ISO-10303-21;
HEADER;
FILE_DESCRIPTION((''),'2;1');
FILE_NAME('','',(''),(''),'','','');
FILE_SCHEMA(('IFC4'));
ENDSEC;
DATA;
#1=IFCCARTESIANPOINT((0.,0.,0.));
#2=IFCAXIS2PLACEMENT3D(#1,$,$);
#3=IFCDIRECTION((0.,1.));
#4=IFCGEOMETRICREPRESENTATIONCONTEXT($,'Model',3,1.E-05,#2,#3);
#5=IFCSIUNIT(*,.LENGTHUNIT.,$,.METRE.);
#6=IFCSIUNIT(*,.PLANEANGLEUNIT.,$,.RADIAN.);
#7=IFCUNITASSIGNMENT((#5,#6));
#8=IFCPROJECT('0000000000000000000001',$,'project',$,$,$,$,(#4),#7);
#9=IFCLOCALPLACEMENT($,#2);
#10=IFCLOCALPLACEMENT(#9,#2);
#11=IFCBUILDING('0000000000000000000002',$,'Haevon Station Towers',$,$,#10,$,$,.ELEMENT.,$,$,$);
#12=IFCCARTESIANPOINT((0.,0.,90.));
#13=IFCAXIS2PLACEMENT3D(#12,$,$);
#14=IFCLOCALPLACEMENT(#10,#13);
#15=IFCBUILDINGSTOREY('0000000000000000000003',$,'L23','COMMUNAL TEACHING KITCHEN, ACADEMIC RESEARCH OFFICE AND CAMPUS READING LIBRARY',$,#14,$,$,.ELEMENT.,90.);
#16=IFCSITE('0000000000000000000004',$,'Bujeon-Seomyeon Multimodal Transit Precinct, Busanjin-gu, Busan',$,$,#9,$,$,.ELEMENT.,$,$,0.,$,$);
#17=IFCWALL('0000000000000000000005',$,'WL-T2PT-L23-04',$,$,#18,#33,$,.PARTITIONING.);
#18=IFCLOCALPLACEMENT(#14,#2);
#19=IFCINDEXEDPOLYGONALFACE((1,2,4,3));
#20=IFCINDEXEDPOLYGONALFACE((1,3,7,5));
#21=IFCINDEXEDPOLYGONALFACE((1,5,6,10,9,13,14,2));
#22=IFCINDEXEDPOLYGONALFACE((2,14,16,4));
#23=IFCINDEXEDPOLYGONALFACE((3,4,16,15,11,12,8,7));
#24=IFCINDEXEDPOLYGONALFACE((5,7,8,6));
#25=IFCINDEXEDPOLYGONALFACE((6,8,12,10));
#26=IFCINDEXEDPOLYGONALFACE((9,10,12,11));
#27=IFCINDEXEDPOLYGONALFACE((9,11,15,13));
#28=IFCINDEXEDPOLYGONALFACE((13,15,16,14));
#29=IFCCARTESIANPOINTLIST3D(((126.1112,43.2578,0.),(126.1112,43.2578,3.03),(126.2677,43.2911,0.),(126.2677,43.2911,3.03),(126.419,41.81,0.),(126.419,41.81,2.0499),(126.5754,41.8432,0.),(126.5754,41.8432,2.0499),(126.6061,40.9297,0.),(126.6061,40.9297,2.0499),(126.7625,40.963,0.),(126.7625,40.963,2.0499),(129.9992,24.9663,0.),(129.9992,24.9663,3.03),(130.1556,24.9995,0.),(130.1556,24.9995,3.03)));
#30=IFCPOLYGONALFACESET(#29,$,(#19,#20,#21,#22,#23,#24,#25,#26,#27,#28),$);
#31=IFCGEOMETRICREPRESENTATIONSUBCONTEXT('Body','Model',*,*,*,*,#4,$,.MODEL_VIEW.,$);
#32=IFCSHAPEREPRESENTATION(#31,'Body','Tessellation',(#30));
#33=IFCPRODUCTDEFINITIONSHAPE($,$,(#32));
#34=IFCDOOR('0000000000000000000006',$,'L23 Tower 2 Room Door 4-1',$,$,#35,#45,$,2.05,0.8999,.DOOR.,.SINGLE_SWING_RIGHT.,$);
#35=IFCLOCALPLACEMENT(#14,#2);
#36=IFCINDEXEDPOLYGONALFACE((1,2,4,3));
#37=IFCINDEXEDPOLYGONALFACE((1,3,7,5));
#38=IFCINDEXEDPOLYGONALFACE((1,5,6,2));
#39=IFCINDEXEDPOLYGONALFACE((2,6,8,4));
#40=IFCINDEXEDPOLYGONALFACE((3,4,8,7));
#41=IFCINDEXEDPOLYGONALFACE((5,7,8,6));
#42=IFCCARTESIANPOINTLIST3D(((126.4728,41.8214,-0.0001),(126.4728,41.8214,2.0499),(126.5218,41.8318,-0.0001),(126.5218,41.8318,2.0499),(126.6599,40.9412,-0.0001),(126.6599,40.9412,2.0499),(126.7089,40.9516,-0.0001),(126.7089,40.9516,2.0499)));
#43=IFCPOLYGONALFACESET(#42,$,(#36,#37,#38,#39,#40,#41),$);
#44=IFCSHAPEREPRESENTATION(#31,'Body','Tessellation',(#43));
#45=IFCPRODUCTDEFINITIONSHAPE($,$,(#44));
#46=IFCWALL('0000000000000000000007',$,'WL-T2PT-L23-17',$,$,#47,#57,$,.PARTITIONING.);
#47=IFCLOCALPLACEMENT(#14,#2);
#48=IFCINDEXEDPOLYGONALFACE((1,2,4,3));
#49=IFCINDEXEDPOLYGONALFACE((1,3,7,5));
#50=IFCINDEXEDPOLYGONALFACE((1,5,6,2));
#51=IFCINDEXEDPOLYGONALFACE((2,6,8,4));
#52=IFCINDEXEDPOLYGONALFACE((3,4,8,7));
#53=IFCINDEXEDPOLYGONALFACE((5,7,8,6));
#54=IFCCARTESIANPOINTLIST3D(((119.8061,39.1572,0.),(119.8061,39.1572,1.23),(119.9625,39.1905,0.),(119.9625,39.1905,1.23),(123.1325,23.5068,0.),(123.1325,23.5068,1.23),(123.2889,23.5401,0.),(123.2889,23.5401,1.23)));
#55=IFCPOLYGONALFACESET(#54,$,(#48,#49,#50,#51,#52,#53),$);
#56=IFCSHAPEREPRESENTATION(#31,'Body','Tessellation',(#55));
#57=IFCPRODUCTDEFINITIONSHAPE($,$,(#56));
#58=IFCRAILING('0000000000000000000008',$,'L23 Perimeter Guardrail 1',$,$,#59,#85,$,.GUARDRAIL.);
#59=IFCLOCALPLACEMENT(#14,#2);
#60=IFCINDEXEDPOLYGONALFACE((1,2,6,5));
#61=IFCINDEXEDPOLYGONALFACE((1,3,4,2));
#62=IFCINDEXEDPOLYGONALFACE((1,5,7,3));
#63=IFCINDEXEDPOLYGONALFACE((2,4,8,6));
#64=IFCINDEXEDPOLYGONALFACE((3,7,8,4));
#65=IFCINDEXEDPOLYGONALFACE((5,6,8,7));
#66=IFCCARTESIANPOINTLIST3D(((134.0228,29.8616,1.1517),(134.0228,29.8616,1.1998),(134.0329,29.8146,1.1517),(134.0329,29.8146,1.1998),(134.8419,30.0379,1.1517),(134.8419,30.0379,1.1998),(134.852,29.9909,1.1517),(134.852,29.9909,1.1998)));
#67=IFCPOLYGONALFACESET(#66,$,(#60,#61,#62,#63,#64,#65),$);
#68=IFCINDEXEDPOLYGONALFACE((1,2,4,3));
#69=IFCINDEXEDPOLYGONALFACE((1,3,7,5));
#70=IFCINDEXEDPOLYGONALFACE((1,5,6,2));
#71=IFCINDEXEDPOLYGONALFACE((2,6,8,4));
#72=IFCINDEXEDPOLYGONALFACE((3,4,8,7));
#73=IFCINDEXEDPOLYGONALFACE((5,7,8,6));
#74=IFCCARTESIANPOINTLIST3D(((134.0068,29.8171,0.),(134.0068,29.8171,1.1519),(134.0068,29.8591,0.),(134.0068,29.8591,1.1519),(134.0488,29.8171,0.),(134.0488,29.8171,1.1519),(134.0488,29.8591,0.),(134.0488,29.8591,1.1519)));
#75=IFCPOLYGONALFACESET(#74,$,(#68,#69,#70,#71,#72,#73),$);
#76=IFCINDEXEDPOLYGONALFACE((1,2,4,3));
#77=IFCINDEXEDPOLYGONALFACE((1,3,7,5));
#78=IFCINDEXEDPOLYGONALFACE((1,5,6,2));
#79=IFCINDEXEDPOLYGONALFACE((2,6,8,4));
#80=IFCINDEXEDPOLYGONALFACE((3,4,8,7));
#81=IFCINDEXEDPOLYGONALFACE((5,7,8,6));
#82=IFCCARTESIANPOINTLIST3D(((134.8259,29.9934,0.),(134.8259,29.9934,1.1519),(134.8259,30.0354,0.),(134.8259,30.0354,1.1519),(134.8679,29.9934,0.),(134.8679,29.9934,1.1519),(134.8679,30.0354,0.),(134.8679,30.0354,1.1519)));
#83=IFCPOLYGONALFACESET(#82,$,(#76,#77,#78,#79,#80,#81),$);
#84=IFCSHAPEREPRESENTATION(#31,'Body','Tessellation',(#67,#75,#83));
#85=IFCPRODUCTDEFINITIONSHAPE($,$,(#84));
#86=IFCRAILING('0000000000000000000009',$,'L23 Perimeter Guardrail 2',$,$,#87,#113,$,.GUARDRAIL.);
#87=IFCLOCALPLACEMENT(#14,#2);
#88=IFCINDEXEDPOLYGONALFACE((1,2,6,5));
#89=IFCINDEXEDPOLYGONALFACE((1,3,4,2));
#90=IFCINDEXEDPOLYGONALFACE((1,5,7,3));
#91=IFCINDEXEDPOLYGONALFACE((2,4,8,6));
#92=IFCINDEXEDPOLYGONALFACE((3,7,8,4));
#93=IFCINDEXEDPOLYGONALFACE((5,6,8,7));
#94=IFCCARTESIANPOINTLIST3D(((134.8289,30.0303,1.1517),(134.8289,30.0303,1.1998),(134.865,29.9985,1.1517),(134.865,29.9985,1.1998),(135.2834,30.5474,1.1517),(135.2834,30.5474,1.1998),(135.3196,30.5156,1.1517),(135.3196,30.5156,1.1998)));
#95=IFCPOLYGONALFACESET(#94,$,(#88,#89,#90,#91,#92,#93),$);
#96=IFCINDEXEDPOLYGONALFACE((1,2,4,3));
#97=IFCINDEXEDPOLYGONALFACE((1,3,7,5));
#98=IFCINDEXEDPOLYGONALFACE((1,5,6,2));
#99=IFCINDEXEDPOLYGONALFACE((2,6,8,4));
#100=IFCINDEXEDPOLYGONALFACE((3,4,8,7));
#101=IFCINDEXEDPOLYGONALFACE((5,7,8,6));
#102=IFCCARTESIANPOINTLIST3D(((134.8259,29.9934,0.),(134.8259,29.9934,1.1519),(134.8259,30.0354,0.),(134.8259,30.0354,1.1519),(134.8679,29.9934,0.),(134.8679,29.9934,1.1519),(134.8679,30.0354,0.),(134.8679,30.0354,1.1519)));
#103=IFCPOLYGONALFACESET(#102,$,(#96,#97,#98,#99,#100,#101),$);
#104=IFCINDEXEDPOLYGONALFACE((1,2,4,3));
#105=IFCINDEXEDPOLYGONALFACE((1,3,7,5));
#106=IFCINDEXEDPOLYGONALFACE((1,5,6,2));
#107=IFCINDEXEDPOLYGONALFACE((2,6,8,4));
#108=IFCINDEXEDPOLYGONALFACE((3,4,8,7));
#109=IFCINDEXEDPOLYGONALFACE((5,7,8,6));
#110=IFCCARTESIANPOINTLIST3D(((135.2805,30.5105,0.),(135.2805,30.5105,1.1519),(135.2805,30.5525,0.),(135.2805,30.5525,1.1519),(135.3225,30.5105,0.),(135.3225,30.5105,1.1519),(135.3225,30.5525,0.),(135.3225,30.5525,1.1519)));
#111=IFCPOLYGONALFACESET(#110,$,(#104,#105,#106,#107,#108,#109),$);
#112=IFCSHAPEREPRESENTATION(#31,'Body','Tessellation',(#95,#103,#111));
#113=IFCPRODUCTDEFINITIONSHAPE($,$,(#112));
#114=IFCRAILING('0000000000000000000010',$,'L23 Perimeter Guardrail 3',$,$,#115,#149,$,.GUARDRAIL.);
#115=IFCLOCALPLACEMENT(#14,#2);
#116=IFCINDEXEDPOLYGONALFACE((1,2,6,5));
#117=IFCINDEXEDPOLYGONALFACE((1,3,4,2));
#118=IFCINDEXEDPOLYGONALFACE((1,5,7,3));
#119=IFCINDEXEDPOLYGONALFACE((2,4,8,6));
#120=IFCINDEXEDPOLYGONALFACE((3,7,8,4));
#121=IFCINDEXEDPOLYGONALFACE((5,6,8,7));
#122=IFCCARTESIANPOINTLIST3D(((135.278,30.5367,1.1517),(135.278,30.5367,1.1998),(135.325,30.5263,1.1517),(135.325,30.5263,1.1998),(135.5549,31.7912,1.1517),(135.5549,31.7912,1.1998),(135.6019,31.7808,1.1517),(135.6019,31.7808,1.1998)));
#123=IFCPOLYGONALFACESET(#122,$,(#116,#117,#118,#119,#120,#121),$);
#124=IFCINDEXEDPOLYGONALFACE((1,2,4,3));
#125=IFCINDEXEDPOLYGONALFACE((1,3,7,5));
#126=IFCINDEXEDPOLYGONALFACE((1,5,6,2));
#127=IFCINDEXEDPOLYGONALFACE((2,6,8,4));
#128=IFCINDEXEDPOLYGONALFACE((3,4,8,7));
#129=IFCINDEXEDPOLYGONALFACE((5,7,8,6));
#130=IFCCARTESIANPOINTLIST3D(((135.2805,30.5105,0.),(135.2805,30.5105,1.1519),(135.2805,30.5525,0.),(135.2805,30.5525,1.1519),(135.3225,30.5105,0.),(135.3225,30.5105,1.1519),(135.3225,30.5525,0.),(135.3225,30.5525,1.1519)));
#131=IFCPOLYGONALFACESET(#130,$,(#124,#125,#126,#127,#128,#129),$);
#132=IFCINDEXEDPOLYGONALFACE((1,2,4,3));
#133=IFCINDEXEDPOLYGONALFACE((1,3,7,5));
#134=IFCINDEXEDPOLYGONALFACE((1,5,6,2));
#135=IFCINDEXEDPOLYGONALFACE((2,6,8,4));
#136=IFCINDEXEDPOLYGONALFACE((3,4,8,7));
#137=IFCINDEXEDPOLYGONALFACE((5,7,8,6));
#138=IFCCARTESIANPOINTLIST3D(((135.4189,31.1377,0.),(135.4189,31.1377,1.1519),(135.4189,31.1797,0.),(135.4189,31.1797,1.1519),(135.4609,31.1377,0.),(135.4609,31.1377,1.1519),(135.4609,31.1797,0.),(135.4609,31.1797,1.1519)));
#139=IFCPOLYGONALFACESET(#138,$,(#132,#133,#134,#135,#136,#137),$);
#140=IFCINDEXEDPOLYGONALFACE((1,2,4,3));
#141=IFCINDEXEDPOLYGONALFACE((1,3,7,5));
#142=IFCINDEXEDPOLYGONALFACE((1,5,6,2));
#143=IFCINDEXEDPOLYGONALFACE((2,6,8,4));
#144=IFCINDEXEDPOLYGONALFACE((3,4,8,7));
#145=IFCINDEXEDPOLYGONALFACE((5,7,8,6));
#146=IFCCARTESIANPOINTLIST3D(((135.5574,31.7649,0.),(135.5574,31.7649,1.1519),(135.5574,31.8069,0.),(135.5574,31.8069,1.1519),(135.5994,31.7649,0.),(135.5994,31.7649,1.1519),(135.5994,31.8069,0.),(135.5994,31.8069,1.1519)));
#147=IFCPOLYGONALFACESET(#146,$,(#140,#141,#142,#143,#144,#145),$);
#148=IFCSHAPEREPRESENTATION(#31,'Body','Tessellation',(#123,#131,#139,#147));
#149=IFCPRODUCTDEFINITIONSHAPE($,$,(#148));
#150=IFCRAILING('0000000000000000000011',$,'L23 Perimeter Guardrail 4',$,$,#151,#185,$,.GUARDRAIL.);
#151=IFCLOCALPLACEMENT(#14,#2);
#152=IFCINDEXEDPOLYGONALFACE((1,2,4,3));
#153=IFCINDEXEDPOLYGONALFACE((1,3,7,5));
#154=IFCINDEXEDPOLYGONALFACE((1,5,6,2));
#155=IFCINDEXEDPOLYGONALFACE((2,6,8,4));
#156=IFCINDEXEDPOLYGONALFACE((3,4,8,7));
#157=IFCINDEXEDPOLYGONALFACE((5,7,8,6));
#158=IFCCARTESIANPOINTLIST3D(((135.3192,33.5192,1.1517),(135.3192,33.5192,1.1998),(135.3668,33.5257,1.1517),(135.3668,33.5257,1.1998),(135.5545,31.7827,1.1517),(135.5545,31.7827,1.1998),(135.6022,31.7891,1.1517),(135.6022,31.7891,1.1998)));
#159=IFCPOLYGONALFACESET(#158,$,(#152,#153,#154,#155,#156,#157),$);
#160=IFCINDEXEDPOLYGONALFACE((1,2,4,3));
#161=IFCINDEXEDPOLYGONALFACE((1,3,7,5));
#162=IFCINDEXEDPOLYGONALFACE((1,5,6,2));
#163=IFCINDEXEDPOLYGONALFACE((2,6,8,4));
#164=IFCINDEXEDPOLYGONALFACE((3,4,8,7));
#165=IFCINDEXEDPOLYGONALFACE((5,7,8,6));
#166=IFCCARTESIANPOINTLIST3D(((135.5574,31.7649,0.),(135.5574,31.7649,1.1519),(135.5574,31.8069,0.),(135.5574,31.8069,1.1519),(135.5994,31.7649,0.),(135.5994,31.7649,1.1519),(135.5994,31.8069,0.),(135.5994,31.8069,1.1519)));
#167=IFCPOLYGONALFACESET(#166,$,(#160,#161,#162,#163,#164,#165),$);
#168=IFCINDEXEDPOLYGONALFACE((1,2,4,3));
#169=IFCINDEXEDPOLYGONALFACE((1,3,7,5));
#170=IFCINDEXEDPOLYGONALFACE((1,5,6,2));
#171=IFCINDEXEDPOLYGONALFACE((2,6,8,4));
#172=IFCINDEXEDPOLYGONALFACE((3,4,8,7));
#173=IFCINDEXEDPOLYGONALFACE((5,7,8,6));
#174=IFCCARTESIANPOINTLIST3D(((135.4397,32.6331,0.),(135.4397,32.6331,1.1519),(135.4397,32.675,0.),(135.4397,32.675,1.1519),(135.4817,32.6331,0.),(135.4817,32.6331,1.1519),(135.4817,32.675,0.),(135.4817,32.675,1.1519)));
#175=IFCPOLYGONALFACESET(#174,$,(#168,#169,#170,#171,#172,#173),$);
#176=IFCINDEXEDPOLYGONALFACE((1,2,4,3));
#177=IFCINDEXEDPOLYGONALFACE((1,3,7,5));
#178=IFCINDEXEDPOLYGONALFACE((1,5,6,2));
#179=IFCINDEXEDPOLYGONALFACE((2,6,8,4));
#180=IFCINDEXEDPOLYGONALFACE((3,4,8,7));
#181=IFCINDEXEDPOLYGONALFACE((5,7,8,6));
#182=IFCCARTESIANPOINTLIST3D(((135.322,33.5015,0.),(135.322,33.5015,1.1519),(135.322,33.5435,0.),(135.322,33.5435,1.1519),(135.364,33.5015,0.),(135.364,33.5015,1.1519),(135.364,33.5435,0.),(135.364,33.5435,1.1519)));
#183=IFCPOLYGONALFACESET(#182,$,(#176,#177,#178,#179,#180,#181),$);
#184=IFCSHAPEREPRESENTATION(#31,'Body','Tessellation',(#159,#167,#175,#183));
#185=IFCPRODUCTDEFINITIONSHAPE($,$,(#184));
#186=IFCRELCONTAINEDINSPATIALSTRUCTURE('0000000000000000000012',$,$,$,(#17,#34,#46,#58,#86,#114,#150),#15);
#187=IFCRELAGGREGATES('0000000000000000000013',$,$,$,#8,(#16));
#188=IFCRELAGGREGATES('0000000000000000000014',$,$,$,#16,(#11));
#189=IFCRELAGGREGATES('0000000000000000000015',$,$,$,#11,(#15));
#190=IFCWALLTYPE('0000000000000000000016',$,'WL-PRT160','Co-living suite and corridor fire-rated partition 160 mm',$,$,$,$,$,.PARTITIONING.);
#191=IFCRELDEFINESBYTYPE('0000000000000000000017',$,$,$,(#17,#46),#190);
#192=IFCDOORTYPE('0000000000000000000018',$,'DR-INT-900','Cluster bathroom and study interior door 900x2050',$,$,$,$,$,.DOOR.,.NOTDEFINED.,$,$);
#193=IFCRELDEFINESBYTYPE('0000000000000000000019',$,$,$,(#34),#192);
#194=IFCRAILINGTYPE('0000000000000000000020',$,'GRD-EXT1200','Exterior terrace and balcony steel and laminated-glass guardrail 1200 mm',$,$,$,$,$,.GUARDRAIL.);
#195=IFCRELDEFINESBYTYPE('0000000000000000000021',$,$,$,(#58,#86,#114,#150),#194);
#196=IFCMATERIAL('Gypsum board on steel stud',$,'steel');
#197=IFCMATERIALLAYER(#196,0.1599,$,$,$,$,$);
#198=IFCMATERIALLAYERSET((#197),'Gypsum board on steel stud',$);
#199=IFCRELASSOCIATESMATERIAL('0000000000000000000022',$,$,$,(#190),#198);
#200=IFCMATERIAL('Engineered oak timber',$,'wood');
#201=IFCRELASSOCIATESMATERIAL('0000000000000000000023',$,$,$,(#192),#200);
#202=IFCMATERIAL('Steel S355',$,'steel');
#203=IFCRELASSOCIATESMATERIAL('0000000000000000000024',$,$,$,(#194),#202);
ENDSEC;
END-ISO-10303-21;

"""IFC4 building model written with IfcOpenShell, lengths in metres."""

from ifc_helpers import new_model, si_unit, direction, frame, frame_2d, origin, origin_2d, place, context, subcontext, project, spatial, rectangle, extrude, material, layer, layer_set, type_object, element, fill, save


model = new_model("IFC4")

# Units and contexts
model_context = context("Model", 3, precision=1e-05, world=origin(), true_north=direction((0.0, 1.0)))
body_context = subcontext(model_context, "Body", "Model", "MODEL_VIEW")
ifc_project = project(units=[si_unit("LENGTHUNIT", "METRE"), si_unit("PLANEANGLEUNIT", "RADIAN")], contexts=[model_context])

# Site, building, storey
site_placement = place(None, origin())
site = spatial("IfcSite", under=ifc_project, at=site_placement, Name="Bujeon-Seomyeon Multimodal Transit Precinct, Busanjin-gu, Busan", CompositionType="ELEMENT", RefElevation=0.0)
building_placement = place(site_placement, origin())
building = spatial("IfcBuilding", under=site, at=building_placement, Name="Haevon Station Towers", CompositionType="ELEMENT")
storey_placement = place(building_placement, frame((0.0, 0.0, 90.0)))
storey = spatial("IfcBuildingStorey", under=building, at=storey_placement, Name="L23", Description="COMMUNAL TEACHING KITCHEN, ACADEMIC RESEARCH OFFICE AND CAMPUS READING LIBRARY", CompositionType="ELEMENT", Elevation=90.0)

# Shared definitions
ifc_material_1 = material(Name="Steel S355", Category="steel")

# Shared definitions
ifc_material_2 = material(Name="Gypsum board on steel stud", Category="steel")

# Wall, opening, door
ifc_layer_1 = layer(ifc_material_2, 0.1599)
ifc_layer_set_1 = layer_set([ifc_layer_1], Name="Gypsum board on steel stud")
wall_type_1 = type_object("IfcWallType", Name="WL-PRT160", Description="Co-living suite and corridor fire-rated partition 160 mm", PredefinedType="PARTITIONING", material=ifc_layer_set_1)
wall_1_placement = place(storey_placement, frame((130.0774, 24.9829, 0.0), z_axis=(0.0, 0.0, 1.0), x_axis=(-0.20791, 0.978148, 0.0)))
wall_1 = element("IfcWall", 1, at=wall_1_placement, inside=storey, type_object=wall_type_1, Name="WL-T2PT-L23-04", PredefinedType="PARTITIONING", context=body_context, shape_type="SweptSolid", body=[
    extrude(rectangle(XDim=18.7002, YDim=0.1599, at=frame_2d((9.3501, 0.0))), origin(), (0.0, 0.0, 1.0), 3.03),
])
opening_1_placement = place(wall_1_placement, frame((16.3201, 0.0, 0.0)))
opening_1 = element("IfcOpeningElement", 2, at=opening_1_placement, cuts=wall_1, PredefinedType="OPENING", context=body_context, shape_type="SweptSolid", body=[
    extrude(rectangle(XDim=0.8999, YDim=2.05, at=frame_2d((0.45, 1.0249))), frame((0.0, 0.0898, 0.0), z_axis=(0.0, -1.0, 0.0), x_axis=(1.0, 0.0, 0.0)), (0.0, 0.0, 1.0), 0.1799),
])
ifc_material_3 = material(Name="Engineered oak timber", Category="wood")
door_type_1 = type_object("IfcDoorType", Name="DR-INT-900", Description="Cluster bathroom and study interior door 900x2050", OperationType="NOTDEFINED", PredefinedType="DOOR", material=ifc_material_3)
door_1_placement = place(opening_1_placement, origin())
door_1 = element("IfcDoor", 3, at=door_1_placement, inside=storey, type_object=door_type_1, Name="L23 Tower 2 Room Door 4-1", OperationType="SINGLE_SWING_RIGHT", OverallHeight=2.05, OverallWidth=0.8999, PredefinedType="DOOR", context=body_context, shape_type="SweptSolid", body=[
    extrude(rectangle(XDim=0.8999, YDim=2.05, at=frame_2d((0.45, 1.0249))), frame((0.0, 0.0249, 0.0), z_axis=(0.0, -1.0, 0.0), x_axis=(1.0, 0.0, 0.0)), (0.0, 0.0, 1.0), 0.05),
])
fill(opening_1, door_1)

# Wall
wall_2_placement = place(storey_placement, frame((123.2107, 23.5234, 0.0), z_axis=(0.0, 0.0, 1.0), x_axis=(-0.207901, 0.97815, 0.0)))
element("IfcWall", 4, at=wall_2_placement, inside=storey, type_object=wall_type_1, Name="WL-T2PT-L23-17", PredefinedType="PARTITIONING", context=body_context, shape_type="SweptSolid", body=[
    extrude(rectangle(XDim=16.0, YDim=0.1599, at=frame_2d((8.0, 0.0))), origin(), (0.0, 0.0, 1.0), 1.23),
])

# Railings
railing_type = type_object("IfcRailingType", Name="GRD-EXT1200", Description="Exterior terrace and balcony steel and laminated-glass guardrail 1200 mm", PredefinedType="GUARDRAIL", material=ifc_material_1)
railing_1_placement = place(storey_placement, frame((134.0278, 29.8381, 0.0)))
element("IfcRailing", 5, at=railing_1_placement, inside=storey, type_object=railing_type, Name="L23 Perimeter Guardrail 1", PredefinedType="GUARDRAIL", context=body_context, shape_type="SweptSolid", body=[
    extrude(rectangle(XDim=0.0481, YDim=0.0481, at=origin_2d()), frame((0.0, 0.0, 1.1758), z_axis=(0.977619, 0.210385, 0.0), x_axis=(-0.210385, 0.977619, 0.0)), (0.0, 0.0, 1.0), 0.8379),
    extrude(rectangle(XDim=0.042, YDim=0.042, at=origin_2d()), origin(), (0.0, 0.0, 1.0), 1.1519),
    extrude(rectangle(XDim=0.042, YDim=0.042, at=origin_2d()), frame((0.8191, 0.1763, 0.0)), (0.0, 0.0, 1.0), 1.1519),
])
railing_2_placement = place(storey_placement, frame((134.8469, 30.0144, 0.0)))
element("IfcRailing", 6, at=railing_2_placement, inside=storey, type_object=railing_type, Name="L23 Perimeter Guardrail 2", PredefinedType="GUARDRAIL", context=body_context, shape_type="SweptSolid", body=[
    extrude(rectangle(XDim=0.0481, YDim=0.0481, at=origin_2d()), frame((0.0, 0.0, 1.1758), z_axis=(0.66026, 0.751037, 0.0), x_axis=(-0.751037, 0.66026, 0.0)), (0.0, 0.0, 1.0), 0.6885),
    extrude(rectangle(XDim=0.042, YDim=0.042, at=origin_2d()), origin(), (0.0, 0.0, 1.0), 1.1519),
    extrude(rectangle(XDim=0.042, YDim=0.042, at=origin_2d()), frame((0.4546, 0.5171, 0.0)), (0.0, 0.0, 1.0), 1.1519),
])
railing_3_placement = place(storey_placement, frame((135.3015, 30.5315, 0.0)))
element("IfcRailing", 7, at=railing_3_placement, inside=storey, type_object=railing_type, Name="L23 Perimeter Guardrail 3", PredefinedType="GUARDRAIL", context=body_context, shape_type="SweptSolid", body=[
    extrude(rectangle(XDim=0.0481, YDim=0.0481, at=origin_2d()), frame((0.0, 0.0, 1.1758), z_axis=(0.215522, 0.976499, 0.0), x_axis=(-0.976499, 0.215522, 0.0)), (0.0, 0.0, 1.0), 1.2847),
    extrude(rectangle(XDim=0.042, YDim=0.042, at=origin_2d()), origin(), (0.0, 0.0, 1.0), 1.1519),
    extrude(rectangle(XDim=0.042, YDim=0.042, at=origin_2d()), frame((0.1384, 0.6272, 0.0)), (0.0, 0.0, 1.0), 1.1519),
    extrude(rectangle(XDim=0.042, YDim=0.042, at=origin_2d()), frame((0.2769, 1.2544, 0.0)), (0.0, 0.0, 1.0), 1.1519),
])
railing_4_placement = place(storey_placement, frame((135.5784, 31.7859, 0.0)))
element("IfcRailing", 8, at=railing_4_placement, inside=storey, type_object=railing_type, Name="L23 Perimeter Guardrail 4", PredefinedType="GUARDRAIL", context=body_context, shape_type="SweptSolid", body=[
    extrude(rectangle(XDim=0.0481, YDim=0.0481, at=origin_2d()), frame((0.0, 0.0, 1.1758), z_axis=(-0.134299, 0.990941, 0.0), x_axis=(-0.990941, -0.134299, 0.0)), (0.0, 0.0, 1.0), 1.7524),
    extrude(rectangle(XDim=0.042, YDim=0.042, at=origin_2d()), origin(), (0.0, 0.0, 1.0), 1.1519),
    extrude(rectangle(XDim=0.042, YDim=0.042, at=origin_2d()), frame((-0.1177, 0.8682, 0.0)), (0.0, 0.0, 1.0), 1.1519),
    extrude(rectangle(XDim=0.042, YDim=0.042, at=origin_2d()), frame((-0.2354, 1.7366, 0.0)), (0.0, 0.0, 1.0), 1.1519),
])

save(model, "model.ifc")
